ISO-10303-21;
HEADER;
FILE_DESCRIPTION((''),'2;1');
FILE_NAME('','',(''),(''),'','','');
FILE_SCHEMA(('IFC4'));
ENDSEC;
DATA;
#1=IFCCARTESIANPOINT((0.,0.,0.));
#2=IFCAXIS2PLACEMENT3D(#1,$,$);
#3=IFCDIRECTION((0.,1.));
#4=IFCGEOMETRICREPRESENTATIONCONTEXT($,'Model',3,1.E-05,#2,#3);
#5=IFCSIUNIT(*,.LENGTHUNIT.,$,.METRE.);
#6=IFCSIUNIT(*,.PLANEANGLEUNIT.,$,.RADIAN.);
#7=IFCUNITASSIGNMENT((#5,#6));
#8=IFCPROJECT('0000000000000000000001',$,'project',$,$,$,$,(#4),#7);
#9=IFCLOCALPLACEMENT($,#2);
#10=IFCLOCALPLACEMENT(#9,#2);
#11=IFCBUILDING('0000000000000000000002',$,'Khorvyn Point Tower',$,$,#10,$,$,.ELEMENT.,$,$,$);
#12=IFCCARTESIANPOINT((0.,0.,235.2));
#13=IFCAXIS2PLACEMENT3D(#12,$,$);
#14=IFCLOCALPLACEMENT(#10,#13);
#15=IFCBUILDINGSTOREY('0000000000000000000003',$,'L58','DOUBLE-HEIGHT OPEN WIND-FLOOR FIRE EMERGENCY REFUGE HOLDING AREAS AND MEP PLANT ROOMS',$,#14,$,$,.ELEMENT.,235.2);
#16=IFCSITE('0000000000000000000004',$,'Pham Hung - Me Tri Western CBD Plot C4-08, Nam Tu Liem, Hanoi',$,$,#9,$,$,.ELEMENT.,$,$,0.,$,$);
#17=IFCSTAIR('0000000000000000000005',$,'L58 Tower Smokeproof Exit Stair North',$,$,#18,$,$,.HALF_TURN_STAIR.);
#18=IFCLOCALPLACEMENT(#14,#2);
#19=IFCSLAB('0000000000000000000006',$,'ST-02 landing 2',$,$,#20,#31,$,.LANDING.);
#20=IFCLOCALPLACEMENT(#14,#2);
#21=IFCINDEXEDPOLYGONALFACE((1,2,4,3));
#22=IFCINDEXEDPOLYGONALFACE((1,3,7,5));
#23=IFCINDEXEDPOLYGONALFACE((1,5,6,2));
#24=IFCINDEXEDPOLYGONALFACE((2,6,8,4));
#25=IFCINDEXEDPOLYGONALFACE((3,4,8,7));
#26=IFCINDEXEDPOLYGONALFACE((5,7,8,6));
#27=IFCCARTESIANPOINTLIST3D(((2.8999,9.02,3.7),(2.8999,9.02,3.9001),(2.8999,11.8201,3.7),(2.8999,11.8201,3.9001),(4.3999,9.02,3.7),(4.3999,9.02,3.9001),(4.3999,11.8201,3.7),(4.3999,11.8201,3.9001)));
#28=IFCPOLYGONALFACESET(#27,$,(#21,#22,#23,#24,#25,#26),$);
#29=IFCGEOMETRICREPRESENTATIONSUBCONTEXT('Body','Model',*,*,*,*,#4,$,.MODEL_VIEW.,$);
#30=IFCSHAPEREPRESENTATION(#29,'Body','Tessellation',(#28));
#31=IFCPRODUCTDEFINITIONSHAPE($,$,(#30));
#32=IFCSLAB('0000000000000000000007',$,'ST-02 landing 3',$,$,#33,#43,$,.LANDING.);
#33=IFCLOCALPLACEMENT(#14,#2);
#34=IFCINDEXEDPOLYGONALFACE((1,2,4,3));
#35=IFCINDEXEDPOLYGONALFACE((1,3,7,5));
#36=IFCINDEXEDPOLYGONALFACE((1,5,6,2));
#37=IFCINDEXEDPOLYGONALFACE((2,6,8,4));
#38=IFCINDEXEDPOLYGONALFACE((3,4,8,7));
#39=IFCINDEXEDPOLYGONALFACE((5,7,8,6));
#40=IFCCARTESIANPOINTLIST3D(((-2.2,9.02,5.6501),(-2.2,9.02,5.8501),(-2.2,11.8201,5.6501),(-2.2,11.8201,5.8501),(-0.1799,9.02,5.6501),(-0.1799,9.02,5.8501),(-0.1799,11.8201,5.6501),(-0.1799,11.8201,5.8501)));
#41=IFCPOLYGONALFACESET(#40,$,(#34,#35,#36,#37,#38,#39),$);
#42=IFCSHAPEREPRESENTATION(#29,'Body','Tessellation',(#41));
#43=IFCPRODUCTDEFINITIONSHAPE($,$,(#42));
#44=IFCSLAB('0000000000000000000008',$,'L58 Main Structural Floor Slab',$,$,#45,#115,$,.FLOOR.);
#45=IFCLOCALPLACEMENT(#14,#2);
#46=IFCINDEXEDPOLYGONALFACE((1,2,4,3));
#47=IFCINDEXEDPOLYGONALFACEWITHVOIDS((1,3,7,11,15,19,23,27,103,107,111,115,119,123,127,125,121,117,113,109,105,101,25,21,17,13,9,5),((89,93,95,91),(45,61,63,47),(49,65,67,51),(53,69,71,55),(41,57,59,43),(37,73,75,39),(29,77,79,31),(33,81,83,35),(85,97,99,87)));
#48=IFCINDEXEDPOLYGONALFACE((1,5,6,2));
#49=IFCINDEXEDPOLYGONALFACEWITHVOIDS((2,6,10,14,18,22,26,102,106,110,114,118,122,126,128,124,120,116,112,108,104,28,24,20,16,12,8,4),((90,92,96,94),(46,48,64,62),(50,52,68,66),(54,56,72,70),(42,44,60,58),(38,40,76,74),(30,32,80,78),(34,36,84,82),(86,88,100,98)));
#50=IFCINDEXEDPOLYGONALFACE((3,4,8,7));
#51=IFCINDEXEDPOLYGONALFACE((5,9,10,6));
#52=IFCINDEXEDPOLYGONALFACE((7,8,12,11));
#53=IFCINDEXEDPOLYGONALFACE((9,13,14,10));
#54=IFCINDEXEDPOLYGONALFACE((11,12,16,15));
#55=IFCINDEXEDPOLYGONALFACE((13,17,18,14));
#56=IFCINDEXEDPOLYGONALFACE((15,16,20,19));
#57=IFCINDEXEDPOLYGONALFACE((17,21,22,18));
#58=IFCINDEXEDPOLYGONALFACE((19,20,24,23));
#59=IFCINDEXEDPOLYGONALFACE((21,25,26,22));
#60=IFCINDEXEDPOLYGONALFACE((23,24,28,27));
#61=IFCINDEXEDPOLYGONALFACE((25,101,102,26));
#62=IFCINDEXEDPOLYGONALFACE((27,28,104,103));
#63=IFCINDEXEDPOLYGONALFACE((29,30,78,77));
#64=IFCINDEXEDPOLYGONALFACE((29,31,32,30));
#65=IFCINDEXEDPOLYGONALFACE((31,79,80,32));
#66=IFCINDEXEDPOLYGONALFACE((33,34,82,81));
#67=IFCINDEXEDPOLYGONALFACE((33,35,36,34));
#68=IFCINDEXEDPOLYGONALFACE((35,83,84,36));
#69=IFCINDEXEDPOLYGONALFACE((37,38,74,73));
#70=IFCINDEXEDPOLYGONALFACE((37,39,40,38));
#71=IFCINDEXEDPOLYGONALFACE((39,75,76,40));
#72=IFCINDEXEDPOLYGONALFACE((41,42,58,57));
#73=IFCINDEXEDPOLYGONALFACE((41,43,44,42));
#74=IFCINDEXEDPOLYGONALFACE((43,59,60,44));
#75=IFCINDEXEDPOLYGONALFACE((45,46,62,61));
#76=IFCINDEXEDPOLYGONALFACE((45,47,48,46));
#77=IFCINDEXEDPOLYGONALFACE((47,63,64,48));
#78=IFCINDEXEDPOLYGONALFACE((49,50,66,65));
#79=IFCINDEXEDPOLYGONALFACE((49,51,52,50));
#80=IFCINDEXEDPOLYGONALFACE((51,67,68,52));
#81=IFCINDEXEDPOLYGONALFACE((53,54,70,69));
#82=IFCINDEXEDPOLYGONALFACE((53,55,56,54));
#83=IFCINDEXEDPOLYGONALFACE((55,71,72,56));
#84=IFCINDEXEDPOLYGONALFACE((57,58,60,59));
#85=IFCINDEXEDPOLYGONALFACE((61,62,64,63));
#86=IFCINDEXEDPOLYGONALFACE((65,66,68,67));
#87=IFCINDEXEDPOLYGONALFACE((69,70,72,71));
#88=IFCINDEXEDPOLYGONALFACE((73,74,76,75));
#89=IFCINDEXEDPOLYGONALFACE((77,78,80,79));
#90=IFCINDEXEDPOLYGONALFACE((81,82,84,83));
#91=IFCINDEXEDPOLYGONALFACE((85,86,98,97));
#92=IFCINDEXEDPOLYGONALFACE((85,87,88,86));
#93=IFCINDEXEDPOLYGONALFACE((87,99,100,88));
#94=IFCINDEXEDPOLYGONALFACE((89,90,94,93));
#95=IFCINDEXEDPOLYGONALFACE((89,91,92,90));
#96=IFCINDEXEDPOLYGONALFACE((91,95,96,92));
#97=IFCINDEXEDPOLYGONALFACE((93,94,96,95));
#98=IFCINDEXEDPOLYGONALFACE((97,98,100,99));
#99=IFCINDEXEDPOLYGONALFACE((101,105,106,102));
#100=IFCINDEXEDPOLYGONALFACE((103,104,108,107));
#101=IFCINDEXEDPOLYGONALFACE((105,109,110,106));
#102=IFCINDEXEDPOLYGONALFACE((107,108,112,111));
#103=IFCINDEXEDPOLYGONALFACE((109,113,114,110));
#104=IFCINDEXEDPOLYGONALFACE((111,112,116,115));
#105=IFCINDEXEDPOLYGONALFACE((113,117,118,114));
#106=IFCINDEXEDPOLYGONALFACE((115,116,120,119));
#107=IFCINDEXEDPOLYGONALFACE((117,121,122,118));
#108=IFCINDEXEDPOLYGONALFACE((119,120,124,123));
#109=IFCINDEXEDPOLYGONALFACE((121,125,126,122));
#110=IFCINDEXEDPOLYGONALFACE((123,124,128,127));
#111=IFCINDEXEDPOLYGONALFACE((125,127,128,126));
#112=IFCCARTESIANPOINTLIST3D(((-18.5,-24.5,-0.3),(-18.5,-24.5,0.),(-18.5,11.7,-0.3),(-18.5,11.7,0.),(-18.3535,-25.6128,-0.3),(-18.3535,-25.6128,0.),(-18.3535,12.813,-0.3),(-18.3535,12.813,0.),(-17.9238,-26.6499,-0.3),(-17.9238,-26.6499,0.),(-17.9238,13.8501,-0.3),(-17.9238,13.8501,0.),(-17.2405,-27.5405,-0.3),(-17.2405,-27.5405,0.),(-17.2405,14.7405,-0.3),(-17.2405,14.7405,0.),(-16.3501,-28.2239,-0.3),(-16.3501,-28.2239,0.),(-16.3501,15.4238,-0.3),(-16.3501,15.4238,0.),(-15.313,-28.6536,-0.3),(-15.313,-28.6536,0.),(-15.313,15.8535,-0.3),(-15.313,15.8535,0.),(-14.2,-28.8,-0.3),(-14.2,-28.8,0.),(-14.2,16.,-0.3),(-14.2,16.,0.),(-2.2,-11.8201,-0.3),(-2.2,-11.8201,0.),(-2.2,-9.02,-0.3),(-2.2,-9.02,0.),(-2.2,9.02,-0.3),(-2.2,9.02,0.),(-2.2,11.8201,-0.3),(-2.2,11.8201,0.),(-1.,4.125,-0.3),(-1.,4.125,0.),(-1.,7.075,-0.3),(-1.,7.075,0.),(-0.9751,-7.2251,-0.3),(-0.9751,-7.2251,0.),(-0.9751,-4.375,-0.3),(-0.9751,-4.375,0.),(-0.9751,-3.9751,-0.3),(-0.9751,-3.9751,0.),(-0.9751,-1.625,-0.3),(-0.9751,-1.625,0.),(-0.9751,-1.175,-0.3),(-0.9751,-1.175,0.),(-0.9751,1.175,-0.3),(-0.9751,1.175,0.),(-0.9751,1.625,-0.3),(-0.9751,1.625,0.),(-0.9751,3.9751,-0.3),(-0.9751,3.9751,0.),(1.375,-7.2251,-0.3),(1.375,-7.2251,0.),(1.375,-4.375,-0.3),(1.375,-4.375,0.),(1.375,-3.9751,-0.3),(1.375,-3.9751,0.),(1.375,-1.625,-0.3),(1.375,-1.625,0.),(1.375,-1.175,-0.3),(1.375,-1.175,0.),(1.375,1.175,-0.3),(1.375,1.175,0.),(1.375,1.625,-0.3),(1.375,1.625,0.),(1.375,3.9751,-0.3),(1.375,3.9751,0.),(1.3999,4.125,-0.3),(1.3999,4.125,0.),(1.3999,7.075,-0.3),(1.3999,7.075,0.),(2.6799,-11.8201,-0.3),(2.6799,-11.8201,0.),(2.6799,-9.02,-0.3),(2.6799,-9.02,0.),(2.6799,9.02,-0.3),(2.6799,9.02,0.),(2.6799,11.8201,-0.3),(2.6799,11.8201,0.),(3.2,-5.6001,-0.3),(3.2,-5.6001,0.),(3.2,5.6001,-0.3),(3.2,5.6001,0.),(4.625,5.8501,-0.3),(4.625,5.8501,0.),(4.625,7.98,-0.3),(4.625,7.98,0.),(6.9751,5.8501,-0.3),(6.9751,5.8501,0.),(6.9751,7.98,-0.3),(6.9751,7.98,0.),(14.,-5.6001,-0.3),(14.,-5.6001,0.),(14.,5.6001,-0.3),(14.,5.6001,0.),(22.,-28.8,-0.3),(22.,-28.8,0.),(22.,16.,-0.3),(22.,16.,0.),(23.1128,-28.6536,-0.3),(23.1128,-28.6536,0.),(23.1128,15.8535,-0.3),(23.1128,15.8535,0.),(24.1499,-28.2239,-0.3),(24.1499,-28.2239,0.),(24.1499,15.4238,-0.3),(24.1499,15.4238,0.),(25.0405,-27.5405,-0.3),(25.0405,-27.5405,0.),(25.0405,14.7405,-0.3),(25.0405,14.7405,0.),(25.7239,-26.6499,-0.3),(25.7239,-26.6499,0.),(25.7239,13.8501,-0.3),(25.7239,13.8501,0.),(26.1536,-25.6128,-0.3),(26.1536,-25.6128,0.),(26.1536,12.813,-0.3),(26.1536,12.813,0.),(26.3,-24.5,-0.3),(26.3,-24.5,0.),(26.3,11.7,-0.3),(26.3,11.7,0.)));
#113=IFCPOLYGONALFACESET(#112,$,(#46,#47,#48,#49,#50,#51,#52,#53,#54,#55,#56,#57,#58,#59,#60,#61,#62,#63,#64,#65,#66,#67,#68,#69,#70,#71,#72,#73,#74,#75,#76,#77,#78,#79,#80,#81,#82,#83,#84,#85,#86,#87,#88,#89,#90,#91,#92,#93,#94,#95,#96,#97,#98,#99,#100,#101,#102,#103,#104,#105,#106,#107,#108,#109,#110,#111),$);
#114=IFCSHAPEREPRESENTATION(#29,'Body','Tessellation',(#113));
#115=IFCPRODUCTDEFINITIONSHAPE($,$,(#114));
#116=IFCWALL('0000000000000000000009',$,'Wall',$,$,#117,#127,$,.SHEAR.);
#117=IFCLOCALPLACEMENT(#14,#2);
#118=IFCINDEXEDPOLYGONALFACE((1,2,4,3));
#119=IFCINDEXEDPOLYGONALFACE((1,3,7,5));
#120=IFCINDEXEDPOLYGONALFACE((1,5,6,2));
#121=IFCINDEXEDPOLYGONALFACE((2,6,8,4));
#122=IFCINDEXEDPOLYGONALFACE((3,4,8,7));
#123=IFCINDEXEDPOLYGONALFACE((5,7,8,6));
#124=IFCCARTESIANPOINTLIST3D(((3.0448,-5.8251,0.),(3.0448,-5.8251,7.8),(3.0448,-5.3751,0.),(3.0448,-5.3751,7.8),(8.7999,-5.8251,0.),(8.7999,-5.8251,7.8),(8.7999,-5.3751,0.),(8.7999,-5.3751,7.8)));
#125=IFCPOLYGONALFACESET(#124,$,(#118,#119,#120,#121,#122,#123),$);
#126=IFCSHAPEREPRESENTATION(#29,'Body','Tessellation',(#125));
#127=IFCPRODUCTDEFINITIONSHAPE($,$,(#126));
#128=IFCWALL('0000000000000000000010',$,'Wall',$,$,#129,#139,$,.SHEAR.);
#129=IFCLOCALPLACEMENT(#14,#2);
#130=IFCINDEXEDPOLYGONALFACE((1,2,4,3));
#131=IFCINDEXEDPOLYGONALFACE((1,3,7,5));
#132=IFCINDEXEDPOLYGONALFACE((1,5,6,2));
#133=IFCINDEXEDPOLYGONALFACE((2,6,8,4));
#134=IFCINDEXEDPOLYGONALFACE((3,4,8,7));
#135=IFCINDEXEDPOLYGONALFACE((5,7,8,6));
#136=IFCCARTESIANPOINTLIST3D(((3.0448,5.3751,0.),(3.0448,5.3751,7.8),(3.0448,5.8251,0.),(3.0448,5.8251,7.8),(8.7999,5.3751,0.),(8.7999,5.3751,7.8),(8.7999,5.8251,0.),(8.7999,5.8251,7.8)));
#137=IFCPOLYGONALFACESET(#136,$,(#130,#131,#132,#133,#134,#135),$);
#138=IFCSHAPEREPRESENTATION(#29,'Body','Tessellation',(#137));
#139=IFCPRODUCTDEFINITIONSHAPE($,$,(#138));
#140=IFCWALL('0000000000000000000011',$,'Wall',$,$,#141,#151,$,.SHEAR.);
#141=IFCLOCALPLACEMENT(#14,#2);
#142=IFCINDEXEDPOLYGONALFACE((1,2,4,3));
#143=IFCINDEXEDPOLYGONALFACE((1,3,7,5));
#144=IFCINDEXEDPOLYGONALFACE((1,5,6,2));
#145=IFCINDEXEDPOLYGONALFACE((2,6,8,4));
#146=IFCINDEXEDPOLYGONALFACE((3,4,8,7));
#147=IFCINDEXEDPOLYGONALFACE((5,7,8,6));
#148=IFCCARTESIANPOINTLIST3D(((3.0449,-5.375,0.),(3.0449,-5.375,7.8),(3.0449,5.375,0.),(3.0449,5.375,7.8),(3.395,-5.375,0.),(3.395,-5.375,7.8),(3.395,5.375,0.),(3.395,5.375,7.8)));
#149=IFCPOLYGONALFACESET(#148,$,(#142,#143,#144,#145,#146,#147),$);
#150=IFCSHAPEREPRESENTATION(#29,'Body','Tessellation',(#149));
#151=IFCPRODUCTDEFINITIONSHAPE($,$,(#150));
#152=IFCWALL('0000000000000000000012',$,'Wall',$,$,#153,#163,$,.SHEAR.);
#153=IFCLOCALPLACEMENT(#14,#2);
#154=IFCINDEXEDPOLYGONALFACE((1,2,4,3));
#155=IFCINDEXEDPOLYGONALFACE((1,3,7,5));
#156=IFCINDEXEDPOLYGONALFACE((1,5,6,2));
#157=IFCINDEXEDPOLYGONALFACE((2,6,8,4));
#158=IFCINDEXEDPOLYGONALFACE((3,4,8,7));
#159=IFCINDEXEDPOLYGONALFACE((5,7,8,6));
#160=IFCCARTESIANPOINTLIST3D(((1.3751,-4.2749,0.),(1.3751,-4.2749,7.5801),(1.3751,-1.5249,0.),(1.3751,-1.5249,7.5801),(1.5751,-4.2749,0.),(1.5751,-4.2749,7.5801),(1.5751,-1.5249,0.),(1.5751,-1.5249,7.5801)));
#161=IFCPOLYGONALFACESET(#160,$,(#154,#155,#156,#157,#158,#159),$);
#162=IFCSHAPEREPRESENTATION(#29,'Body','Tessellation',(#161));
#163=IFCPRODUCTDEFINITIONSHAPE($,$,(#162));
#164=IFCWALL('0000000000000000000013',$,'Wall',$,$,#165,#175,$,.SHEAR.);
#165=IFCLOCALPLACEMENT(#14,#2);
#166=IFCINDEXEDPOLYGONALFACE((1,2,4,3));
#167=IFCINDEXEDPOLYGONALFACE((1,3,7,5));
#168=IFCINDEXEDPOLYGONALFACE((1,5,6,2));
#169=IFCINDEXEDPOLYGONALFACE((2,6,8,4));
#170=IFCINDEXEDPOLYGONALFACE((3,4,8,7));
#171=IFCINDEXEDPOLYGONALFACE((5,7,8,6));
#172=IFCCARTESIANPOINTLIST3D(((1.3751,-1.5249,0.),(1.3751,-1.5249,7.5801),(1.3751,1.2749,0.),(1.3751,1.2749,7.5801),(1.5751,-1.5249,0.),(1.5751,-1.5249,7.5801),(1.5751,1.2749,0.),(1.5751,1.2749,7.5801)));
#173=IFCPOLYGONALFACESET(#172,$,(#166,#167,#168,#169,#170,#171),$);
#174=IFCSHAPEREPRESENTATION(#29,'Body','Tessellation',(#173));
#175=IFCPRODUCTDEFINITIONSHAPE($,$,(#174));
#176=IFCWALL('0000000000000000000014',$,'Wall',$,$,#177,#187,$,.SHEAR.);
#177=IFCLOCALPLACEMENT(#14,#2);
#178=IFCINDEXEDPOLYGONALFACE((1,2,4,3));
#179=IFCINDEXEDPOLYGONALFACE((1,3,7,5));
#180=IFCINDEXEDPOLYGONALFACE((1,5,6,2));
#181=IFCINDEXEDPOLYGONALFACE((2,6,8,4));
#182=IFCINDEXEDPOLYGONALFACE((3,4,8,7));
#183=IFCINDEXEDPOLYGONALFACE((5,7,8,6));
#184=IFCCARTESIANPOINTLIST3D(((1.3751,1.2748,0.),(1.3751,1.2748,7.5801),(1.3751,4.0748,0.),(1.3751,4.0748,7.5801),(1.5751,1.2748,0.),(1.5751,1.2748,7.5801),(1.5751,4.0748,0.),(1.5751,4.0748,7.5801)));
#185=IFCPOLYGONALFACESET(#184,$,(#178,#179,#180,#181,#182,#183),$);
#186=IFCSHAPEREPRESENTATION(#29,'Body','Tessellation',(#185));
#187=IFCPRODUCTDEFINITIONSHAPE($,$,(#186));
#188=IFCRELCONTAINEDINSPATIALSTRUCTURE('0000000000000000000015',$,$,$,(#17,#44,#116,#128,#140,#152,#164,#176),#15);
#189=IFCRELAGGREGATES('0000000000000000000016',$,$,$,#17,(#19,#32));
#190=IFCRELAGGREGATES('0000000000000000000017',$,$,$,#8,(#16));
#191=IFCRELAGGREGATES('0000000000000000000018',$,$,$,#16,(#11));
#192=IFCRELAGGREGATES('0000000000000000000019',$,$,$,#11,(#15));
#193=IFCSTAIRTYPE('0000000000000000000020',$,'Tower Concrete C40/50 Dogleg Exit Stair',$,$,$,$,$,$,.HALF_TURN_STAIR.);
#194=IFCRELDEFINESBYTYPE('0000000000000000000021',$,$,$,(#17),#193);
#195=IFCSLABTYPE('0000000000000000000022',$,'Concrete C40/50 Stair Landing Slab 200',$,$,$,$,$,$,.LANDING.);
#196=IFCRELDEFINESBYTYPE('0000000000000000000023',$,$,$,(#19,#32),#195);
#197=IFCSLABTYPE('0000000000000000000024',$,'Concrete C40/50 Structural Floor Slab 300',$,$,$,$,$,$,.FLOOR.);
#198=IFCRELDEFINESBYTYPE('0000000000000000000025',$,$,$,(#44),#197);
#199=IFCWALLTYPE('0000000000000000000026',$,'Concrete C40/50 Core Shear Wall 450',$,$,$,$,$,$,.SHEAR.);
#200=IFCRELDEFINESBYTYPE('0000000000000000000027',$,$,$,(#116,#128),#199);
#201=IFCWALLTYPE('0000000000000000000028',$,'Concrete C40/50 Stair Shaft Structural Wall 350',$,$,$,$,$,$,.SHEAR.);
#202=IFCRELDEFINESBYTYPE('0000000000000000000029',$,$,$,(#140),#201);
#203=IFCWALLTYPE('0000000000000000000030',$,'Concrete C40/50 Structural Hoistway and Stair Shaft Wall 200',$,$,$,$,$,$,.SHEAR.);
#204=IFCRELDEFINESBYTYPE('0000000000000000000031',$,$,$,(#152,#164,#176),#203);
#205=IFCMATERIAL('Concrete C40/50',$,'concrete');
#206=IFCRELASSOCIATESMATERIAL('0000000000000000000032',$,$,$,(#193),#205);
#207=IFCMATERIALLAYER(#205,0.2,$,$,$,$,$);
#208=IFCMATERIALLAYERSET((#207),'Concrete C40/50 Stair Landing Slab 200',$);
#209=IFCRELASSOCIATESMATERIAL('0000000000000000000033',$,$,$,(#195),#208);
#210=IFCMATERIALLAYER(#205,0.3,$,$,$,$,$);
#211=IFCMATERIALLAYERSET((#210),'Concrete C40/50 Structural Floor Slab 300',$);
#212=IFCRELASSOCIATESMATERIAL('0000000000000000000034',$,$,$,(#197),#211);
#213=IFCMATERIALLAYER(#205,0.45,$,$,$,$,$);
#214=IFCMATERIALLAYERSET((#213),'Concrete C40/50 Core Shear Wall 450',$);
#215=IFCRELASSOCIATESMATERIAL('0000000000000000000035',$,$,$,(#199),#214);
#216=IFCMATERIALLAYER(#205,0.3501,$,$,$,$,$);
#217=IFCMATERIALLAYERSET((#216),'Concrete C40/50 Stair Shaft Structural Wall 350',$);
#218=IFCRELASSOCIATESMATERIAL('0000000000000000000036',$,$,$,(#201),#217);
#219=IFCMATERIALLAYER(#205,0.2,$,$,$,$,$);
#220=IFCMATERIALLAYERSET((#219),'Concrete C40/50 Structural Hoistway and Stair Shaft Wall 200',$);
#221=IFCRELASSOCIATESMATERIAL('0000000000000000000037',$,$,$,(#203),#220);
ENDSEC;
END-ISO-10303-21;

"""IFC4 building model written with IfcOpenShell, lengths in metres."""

from ifc_helpers import new_model, si_unit, direction, frame, frame_2d, origin, place, context, subcontext, project, spatial, polyline, rectangle, outline, extrude, material, layer, layer_set, type_object, element, aggregate, save


model = new_model("IFC4")

# Units and contexts
model_context = context("Model", 3, precision=1e-05, world=origin(), true_north=direction((0.0, 1.0)))
body_context = subcontext(model_context, "Body", "Model", "MODEL_VIEW")
ifc_project = project(units=[si_unit("LENGTHUNIT", "METRE"), si_unit("PLANEANGLEUNIT", "RADIAN")], contexts=[model_context])

# Site, building, storey
site_placement = place(None, origin())
site = spatial("IfcSite", under=ifc_project, at=site_placement, Name="Pham Hung - Me Tri Western CBD Plot C4-08, Nam Tu Liem, Hanoi", CompositionType="ELEMENT", RefElevation=0.0)
building_placement = place(site_placement, origin())
building = spatial("IfcBuilding", under=site, at=building_placement, Name="Khorvyn Point Tower", CompositionType="ELEMENT")
storey_placement = place(building_placement, frame((0.0, 0.0, 235.2)))
storey = spatial("IfcBuildingStorey", under=building, at=storey_placement, Name="L58", Description="DOUBLE-HEIGHT OPEN WIND-FLOOR FIRE EMERGENCY REFUGE HOLDING AREAS AND MEP PLANT ROOMS", CompositionType="ELEMENT", Elevation=235.2)

# Shared definitions
ifc_material_1 = material(Name="Concrete C40/50", Category="concrete")

# Stair, slabs
stair_type = type_object("IfcStairType", Name="Tower Concrete C40/50 Dogleg Exit Stair", PredefinedType="HALF_TURN_STAIR", material=ifc_material_1)
ifc_layer_1 = layer(ifc_material_1, 0.2)
ifc_layer_set_1 = layer_set([ifc_layer_1], Name="Concrete C40/50 Stair Landing Slab 200")
slab_type_1 = type_object("IfcSlabType", Name="Concrete C40/50 Stair Landing Slab 200", PredefinedType="LANDING", material=ifc_layer_set_1)
stair_1_placement = place(storey_placement, origin())
stair_1 = element("IfcStair", 1, at=stair_1_placement, inside=storey, type_object=stair_type, Name="L58 Tower Smokeproof Exit Stair North", PredefinedType="HALF_TURN_STAIR")
slab_1_placement = place(storey_placement, frame((0.0, 0.0, 3.7)))
slab_1 = element("IfcSlab", 2, at=slab_1_placement, type_object=slab_type_1, Name="ST-02 landing 2", PredefinedType="LANDING", context=body_context, shape_type="SweptSolid", body=[
    extrude(outline(polyline([(4.3999, 11.8201), (2.8999, 11.8201), (2.8999, 9.02), (4.3999, 9.02), (4.3999, 11.8201)])), origin(), (0.0, 0.0, 1.0), 0.2002),
])
slab_2_placement = place(storey_placement, frame((0.0, 0.0, 5.6501)))
slab_2 = element("IfcSlab", 3, at=slab_2_placement, type_object=slab_type_1, Name="ST-02 landing 3", PredefinedType="LANDING", context=body_context, shape_type="SweptSolid", body=[
    extrude(outline(polyline([(-0.1799, 11.8201), (-2.2, 11.8201), (-2.2, 9.02), (-0.1799, 9.02), (-0.1799, 11.8201)])), origin(), (0.0, 0.0, 1.0), 0.2),
])
aggregate(stair_1, [slab_1, slab_2])

# Slab
ifc_layer_2 = layer(ifc_material_1, 0.3)
ifc_layer_set_2 = layer_set([ifc_layer_2], Name="Concrete C40/50 Structural Floor Slab 300")
slab_type_2 = type_object("IfcSlabType", Name="Concrete C40/50 Structural Floor Slab 300", PredefinedType="FLOOR", material=ifc_layer_set_2)
slab_3_placement = place(storey_placement, frame((0.0, 0.0, -0.3)))
element("IfcSlab", 4, at=slab_3_placement, inside=storey, type_object=slab_type_2, Name="L58 Main Structural Floor Slab", PredefinedType="FLOOR", context=body_context, shape_type="SweptSolid", body=[
    extrude(outline(polyline([(-14.2, -28.8), (-15.313, -28.6536), (-16.3501, -28.2239), (-17.2405, -27.5405), (-17.9238, -26.6499), (-18.3535, -25.6128), (-18.5, -24.5), (-18.5, 11.7), (-18.3535, 12.813), (-17.9238, 13.8501), (-17.2405, 14.7405), (-16.3501, 15.4238), (-15.313, 15.8535), (-14.2, 16.0), (22.0, 16.0), (23.1128, 15.8535), (24.1499, 15.4238), (25.0405, 14.7405), (25.7239, 13.8501), (26.1536, 12.813), (26.3, 11.7), (26.3, -24.5), (26.1536, -25.6128), (25.7239, -26.6499), (25.0405, -27.5405), (24.1499, -28.2239), (23.1128, -28.6536), (22.0, -28.8), (-14.2, -28.8)]), holes=[polyline([(2.6799, -11.8201), (2.6799, -9.02), (-2.2, -9.02), (-2.2, -11.8201), (2.6799, -11.8201)]), polyline([(1.375, -7.2251), (1.375, -4.375), (-0.9751, -4.375), (-0.9751, -7.2251), (1.375, -7.2251)]), polyline([(1.375, -3.9751), (1.375, -1.625), (-0.9751, -1.625), (-0.9751, -3.9751), (1.375, -3.9751)]), polyline([(1.375, -1.175), (1.375, 1.175), (-0.9751, 1.175), (-0.9751, -1.175), (1.375, -1.175)]), polyline([(14.0, -5.6001), (14.0, 5.6001), (3.2, 5.6001), (3.2, -5.6001), (14.0, -5.6001)]), polyline([(1.375, 1.625), (1.375, 3.9751), (-0.9751, 3.9751), (-0.9751, 1.625), (1.375, 1.625)]), polyline([(1.3999, 4.125), (1.3999, 7.075), (-1.0, 7.075), (-1.0, 4.125), (1.3999, 4.125)]), polyline([(4.625, 5.8501), (6.9751, 5.8501), (6.9751, 7.98), (4.625, 7.98), (4.625, 5.8501)]), polyline([(-2.2, 9.02), (2.6799, 9.02), (2.6799, 11.8201), (-2.2, 11.8201), (-2.2, 9.02)])]), origin(), (0.0, 0.0, 1.0), 0.3),
])

# Walls
ifc_layer_3 = layer(ifc_material_1, 0.45)
ifc_layer_set_3 = layer_set([ifc_layer_3], Name="Concrete C40/50 Core Shear Wall 450")
wall_type_1 = type_object("IfcWallType", Name="Concrete C40/50 Core Shear Wall 450", PredefinedType="SHEAR", material=ifc_layer_set_3)
for number, where, z_axis, x_axis, name in (
    (5, (3.0449, -5.6001, 0.0), (0.0, 0.0, 1.0), (1.0, 0.0, 0.0), "Wall"),
    (6, (3.0449, 5.6001, 0.0), (0.0, 0.0, 1.0), (1.0, 0.0, 0.0), "Wall"),
):
    element("IfcWall", number, at=place(storey_placement, frame(where, z_axis=z_axis, x_axis=x_axis)), inside=storey, type_object=wall_type_1, Name=name, PredefinedType="SHEAR", context=body_context, shape_type="SweptSolid", body=[
        extrude(rectangle(XDim=5.7551, YDim=0.45, at=frame_2d((2.8774, 0.0))), origin(), (0.0, 0.0, 1.0), 7.8),
    ])
ifc_layer_4 = layer(ifc_material_1, 0.3501)
ifc_layer_set_4 = layer_set([ifc_layer_4], Name="Concrete C40/50 Stair Shaft Structural Wall 350")
wall_type_2 = type_object("IfcWallType", Name="Concrete C40/50 Stair Shaft Structural Wall 350", PredefinedType="SHEAR", material=ifc_layer_set_4)
wall_1_placement = place(storey_placement, frame((3.22, -5.375, 0.0), z_axis=(0.0, 0.0, 1.0), x_axis=(0.0, 1.0, 0.0)))
element("IfcWall", 7, at=wall_1_placement, inside=storey, type_object=wall_type_2, Name="Wall", PredefinedType="SHEAR", context=body_context, shape_type="SweptSolid", body=[
    extrude(rectangle(XDim=10.75, YDim=0.3501, at=frame_2d((5.375, 0.0))), origin(), (0.0, 0.0, 1.0), 7.8),
])
ifc_layer_5 = layer(ifc_material_1, 0.2)
ifc_layer_set_5 = layer_set([ifc_layer_5], Name="Concrete C40/50 Structural Hoistway and Stair Shaft Wall 200")
wall_type_3 = type_object("IfcWallType", Name="Concrete C40/50 Structural Hoistway and Stair Shaft Wall 200", PredefinedType="SHEAR", material=ifc_layer_set_5)
wall_2_placement = place(storey_placement, frame((1.4751, -4.2749, 0.0), z_axis=(0.0, 0.0, 1.0), x_axis=(0.0, 1.0, 0.0)))
element("IfcWall", 8, at=wall_2_placement, inside=storey, type_object=wall_type_3, Name="Wall", PredefinedType="SHEAR", context=body_context, shape_type="SweptSolid", body=[
    extrude(rectangle(XDim=2.75, YDim=0.2, at=frame_2d((1.375, 0.0))), origin(), (0.0, 0.0, 1.0), 7.5801),
])
wall_3_placement = place(storey_placement, frame((1.4751, -1.5249, 0.0), z_axis=(0.0, 0.0, 1.0), x_axis=(0.0, 1.0, 0.0)))
element("IfcWall", 9, at=wall_3_placement, inside=storey, type_object=wall_type_3, Name="Wall", PredefinedType="SHEAR", context=body_context, shape_type="SweptSolid", body=[
    extrude(rectangle(XDim=2.7998, YDim=0.2, at=frame_2d((1.3999, 0.0))), origin(), (0.0, 0.0, 1.0), 7.5801),
])
wall_4_placement = place(storey_placement, frame((1.4751, 1.2749, 0.0), z_axis=(0.0, 0.0, 1.0), x_axis=(0.0, 1.0, 0.0)))
element("IfcWall", 10, at=wall_4_placement, inside=storey, type_object=wall_type_3, Name="Wall", PredefinedType="SHEAR", context=body_context, shape_type="SweptSolid", body=[
    extrude(rectangle(XDim=2.8, YDim=0.2, at=frame_2d((1.3999, 0.0))), origin(), (0.0, 0.0, 1.0), 7.5801),
])

save(model, "model.ifc")
